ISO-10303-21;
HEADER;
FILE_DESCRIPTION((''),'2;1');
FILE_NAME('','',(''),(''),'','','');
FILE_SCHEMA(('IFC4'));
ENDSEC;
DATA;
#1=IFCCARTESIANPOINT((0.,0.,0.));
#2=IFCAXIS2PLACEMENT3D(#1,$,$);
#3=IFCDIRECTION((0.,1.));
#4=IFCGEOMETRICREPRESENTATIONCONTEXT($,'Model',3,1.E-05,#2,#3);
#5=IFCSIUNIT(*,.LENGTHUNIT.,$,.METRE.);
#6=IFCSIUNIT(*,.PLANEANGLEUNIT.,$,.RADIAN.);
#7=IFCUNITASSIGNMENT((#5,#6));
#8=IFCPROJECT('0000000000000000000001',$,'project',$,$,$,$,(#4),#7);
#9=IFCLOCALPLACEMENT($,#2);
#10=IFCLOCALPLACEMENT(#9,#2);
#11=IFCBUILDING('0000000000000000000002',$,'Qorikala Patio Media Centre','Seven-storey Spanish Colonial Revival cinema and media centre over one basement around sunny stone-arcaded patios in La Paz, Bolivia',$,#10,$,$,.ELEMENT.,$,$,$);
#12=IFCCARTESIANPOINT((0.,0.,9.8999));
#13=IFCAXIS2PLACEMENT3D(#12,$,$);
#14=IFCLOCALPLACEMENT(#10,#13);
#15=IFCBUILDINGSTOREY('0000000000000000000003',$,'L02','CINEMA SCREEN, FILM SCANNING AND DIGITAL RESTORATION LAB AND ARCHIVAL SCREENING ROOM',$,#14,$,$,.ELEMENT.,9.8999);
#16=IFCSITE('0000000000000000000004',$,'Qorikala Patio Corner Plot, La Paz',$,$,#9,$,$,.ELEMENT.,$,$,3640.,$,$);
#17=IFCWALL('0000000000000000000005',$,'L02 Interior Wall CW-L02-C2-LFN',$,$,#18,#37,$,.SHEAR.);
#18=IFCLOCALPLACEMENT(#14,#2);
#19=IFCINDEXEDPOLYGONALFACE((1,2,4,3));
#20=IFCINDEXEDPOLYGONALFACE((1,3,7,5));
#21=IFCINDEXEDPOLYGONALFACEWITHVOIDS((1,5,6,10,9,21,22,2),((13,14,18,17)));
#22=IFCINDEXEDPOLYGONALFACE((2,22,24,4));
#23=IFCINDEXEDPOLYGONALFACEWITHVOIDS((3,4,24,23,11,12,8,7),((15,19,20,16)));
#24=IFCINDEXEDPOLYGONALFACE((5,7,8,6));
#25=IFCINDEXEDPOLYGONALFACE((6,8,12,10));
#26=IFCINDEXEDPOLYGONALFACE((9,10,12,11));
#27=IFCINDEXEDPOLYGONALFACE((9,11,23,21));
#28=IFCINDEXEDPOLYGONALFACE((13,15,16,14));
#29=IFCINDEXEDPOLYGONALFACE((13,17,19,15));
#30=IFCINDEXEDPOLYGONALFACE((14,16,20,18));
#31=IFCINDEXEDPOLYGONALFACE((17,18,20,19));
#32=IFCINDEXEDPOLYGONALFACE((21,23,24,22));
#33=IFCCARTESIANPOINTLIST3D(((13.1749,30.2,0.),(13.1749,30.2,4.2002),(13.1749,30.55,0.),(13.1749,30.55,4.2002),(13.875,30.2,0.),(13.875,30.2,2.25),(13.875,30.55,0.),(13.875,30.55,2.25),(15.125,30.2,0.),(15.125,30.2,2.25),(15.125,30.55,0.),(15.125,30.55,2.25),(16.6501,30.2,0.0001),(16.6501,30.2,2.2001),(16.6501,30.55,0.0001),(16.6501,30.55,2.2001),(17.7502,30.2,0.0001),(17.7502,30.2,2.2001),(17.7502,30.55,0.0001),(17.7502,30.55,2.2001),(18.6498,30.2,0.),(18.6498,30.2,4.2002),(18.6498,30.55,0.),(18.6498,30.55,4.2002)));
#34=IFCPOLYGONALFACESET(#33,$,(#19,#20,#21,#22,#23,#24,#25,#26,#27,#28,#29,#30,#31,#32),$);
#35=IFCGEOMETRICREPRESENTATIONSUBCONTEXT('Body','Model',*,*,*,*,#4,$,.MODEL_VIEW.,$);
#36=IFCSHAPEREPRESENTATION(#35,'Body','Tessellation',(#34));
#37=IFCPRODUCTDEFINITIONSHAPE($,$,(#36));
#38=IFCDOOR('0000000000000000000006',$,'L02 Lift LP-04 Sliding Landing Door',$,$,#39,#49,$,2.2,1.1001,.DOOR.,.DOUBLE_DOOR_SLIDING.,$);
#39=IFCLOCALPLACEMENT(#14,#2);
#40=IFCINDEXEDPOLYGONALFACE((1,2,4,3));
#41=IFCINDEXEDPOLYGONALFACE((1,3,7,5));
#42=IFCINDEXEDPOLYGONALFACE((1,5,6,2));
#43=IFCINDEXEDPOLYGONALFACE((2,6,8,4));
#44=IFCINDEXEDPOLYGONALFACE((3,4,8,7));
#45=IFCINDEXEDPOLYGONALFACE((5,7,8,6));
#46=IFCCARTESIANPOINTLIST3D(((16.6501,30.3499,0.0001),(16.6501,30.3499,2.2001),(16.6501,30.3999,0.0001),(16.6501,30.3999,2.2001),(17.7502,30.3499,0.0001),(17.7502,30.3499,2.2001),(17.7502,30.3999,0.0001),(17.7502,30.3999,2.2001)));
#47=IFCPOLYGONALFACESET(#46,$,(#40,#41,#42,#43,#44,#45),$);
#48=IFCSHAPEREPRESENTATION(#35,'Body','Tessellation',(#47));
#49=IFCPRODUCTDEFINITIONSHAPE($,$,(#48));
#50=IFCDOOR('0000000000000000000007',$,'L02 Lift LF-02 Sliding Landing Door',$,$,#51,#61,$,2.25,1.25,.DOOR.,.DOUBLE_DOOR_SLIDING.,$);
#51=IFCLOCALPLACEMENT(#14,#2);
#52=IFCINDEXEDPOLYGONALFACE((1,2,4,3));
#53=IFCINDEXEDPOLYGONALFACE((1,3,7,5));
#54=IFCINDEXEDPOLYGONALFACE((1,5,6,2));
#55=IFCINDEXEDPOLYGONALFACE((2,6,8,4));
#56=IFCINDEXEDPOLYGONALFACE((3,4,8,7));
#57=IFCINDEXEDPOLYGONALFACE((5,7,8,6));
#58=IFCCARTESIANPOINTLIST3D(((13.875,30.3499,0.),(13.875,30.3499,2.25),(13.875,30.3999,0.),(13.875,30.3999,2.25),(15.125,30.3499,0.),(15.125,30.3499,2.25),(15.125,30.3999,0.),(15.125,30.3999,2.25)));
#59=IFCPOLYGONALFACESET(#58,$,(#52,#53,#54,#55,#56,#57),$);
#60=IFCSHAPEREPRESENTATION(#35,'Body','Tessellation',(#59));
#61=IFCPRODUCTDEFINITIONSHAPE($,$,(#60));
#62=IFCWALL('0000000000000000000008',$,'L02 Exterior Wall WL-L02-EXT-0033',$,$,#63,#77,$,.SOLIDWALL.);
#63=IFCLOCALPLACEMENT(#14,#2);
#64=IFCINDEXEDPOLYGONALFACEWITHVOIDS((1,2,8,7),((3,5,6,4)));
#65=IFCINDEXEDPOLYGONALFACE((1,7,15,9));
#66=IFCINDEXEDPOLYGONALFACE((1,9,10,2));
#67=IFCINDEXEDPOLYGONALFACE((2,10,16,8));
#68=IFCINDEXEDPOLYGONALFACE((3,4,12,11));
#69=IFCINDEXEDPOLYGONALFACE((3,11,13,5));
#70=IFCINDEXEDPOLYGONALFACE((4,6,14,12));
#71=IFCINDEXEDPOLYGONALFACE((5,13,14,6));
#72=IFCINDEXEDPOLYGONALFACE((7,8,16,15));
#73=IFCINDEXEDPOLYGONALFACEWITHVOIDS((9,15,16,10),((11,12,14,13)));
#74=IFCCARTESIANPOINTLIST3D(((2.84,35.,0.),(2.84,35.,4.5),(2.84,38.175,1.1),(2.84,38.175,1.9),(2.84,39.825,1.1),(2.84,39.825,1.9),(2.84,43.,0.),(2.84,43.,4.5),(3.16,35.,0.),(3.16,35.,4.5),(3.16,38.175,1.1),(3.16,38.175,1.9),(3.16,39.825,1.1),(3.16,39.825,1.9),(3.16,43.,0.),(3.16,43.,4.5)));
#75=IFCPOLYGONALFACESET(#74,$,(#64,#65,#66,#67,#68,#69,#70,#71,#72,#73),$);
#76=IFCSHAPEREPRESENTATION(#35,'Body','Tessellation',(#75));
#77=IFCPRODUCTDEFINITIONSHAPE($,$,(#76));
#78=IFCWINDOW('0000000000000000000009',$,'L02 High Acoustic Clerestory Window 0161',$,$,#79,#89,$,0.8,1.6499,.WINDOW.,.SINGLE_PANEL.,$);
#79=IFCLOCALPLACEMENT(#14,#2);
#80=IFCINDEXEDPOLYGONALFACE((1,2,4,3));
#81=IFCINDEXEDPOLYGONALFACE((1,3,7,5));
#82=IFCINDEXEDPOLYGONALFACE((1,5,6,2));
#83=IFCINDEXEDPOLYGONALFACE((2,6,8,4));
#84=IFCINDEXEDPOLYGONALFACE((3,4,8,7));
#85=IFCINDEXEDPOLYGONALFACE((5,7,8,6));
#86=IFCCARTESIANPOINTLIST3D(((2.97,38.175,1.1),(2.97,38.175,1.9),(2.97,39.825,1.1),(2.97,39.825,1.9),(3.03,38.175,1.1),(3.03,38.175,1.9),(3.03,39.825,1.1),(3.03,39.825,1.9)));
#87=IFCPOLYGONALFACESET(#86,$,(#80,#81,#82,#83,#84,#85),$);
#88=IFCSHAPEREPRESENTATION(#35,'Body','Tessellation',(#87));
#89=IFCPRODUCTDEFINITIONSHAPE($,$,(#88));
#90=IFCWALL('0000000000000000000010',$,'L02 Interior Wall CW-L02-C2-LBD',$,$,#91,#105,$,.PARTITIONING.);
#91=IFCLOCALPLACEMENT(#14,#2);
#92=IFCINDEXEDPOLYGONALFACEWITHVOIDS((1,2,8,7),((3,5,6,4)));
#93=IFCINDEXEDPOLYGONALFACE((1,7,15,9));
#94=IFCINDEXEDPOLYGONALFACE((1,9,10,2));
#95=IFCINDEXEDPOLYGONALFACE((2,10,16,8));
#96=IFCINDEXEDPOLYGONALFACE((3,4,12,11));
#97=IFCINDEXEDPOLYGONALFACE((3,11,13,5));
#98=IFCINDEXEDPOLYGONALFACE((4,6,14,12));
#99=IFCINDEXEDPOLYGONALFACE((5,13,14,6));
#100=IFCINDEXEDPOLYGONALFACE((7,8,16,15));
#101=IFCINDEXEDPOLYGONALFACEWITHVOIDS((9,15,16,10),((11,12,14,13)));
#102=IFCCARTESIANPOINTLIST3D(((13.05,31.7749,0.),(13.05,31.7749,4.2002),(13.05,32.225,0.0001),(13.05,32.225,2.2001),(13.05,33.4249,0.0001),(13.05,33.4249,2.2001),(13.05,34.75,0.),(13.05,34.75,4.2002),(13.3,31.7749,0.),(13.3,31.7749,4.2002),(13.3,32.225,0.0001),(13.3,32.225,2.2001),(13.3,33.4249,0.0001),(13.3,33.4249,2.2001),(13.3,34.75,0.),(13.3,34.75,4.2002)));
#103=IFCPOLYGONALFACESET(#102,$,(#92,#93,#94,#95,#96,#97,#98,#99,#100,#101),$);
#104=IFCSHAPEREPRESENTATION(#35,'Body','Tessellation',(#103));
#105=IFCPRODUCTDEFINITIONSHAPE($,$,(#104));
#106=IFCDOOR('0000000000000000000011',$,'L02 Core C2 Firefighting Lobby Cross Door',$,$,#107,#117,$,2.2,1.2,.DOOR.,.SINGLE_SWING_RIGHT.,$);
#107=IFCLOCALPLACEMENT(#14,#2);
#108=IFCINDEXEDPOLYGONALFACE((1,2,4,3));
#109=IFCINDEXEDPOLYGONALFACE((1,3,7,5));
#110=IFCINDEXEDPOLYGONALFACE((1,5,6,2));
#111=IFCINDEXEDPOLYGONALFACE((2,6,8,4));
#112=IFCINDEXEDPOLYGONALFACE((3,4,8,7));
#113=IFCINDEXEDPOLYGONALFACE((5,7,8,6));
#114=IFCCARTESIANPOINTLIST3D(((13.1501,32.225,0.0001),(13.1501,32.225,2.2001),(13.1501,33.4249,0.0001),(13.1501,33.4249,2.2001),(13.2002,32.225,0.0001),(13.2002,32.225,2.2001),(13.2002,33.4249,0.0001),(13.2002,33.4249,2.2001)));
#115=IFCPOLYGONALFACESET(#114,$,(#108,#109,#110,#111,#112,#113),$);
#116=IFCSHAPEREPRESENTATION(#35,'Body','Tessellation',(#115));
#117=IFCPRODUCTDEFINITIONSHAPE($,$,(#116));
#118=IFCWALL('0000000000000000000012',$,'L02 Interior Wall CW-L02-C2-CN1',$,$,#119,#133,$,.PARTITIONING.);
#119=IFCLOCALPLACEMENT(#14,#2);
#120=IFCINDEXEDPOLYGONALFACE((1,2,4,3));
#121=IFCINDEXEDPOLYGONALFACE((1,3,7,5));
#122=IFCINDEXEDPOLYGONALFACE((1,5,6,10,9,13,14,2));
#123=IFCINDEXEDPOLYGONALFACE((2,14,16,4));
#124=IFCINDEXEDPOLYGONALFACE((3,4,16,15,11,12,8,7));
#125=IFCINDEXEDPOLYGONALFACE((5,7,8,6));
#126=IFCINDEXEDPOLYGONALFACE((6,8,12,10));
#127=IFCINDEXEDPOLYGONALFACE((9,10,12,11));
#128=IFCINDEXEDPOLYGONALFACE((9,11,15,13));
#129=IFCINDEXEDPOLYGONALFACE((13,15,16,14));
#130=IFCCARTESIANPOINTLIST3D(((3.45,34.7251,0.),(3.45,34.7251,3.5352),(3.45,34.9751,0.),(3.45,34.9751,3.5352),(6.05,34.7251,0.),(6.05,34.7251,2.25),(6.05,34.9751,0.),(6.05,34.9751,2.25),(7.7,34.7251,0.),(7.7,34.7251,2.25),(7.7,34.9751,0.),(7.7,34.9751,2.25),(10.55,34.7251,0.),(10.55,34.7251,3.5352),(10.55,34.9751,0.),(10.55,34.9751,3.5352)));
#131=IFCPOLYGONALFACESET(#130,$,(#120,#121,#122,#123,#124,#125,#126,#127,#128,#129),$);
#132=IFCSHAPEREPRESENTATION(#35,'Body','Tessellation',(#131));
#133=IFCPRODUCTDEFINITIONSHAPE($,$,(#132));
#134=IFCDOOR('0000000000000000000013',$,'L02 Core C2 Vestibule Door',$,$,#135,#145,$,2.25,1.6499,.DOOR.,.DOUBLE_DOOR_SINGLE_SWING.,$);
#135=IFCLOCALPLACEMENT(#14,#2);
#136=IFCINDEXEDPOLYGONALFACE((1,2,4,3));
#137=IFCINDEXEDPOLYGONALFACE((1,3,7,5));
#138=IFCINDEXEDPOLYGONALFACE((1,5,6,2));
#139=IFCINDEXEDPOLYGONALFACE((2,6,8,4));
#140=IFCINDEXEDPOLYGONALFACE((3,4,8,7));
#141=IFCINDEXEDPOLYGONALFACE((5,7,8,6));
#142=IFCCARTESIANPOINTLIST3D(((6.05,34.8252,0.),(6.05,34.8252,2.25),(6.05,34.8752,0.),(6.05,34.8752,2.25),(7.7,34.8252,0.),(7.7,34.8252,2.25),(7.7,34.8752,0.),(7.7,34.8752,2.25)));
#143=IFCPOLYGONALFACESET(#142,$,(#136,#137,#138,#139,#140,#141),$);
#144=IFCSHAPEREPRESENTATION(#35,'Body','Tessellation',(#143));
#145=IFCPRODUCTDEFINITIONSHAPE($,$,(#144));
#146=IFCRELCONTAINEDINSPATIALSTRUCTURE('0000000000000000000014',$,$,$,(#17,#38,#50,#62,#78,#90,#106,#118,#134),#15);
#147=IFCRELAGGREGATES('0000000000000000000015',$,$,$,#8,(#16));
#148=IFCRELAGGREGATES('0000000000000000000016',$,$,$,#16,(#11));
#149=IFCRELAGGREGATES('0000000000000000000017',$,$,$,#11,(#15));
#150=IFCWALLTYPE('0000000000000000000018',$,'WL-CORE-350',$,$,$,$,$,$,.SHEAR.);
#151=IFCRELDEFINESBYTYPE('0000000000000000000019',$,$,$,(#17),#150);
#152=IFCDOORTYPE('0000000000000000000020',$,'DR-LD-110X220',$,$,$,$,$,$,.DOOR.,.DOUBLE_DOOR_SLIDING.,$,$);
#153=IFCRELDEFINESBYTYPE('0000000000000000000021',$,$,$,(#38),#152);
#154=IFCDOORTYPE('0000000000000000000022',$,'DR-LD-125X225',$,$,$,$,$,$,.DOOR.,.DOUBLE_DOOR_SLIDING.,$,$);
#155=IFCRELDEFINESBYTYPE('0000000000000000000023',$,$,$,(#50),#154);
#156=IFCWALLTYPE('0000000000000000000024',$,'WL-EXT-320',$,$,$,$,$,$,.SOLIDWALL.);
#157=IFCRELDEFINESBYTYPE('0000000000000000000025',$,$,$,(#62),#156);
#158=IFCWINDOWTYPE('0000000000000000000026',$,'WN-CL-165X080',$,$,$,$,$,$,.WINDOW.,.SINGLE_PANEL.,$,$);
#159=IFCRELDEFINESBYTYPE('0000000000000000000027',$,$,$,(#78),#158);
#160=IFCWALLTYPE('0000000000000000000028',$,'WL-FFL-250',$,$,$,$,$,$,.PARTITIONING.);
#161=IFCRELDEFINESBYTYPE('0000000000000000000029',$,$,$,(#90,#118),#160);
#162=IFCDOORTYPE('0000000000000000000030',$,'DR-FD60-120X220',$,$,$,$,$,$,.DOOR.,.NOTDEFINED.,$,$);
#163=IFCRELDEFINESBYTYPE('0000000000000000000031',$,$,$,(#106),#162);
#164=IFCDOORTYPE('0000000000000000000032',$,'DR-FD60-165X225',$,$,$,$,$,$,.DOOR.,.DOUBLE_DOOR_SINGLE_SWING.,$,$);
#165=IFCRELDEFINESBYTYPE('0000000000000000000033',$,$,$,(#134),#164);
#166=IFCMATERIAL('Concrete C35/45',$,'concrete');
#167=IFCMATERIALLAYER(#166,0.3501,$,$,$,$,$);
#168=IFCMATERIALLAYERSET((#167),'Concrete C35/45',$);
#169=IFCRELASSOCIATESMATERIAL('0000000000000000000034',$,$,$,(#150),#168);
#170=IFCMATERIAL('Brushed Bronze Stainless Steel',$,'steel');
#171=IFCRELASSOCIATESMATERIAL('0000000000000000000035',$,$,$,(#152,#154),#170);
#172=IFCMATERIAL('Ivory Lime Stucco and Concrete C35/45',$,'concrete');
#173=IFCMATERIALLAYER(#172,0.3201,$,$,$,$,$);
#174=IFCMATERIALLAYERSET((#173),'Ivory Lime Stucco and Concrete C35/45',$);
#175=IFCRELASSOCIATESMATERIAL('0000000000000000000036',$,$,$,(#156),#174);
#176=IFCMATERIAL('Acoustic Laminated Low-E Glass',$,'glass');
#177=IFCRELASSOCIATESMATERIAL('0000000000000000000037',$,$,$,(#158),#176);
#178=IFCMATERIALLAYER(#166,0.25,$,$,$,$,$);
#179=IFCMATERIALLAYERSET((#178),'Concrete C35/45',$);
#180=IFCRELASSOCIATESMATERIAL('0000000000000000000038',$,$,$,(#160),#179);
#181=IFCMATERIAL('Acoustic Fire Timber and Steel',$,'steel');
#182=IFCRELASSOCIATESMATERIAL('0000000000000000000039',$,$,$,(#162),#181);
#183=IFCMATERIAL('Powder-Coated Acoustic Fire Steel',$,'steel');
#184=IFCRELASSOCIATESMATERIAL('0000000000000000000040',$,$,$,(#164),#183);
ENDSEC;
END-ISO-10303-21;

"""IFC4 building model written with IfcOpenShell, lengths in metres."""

from ifc_helpers import new_model, si_unit, direction, frame, frame_2d, origin, place, context, subcontext, project, spatial, rectangle, extrude, material, layer, layer_set, type_object, element, fill, save


model = new_model("IFC4")

# Units and contexts
model_context = context("Model", 3, precision=1e-05, world=origin(), true_north=direction((0.0, 1.0)))
body_context = subcontext(model_context, "Body", "Model", "MODEL_VIEW")
ifc_project = project(units=[si_unit("LENGTHUNIT", "METRE"), si_unit("PLANEANGLEUNIT", "RADIAN")], contexts=[model_context])

# Site, building, storey
site_placement = place(None, origin())
site = spatial("IfcSite", under=ifc_project, at=site_placement, Name="Qorikala Patio Corner Plot, La Paz", CompositionType="ELEMENT", RefElevation=3640.0)
building_placement = place(site_placement, origin())
building = spatial("IfcBuilding", under=site, at=building_placement, Name="Qorikala Patio Media Centre", Description="Seven-storey Spanish Colonial Revival cinema and media centre over one basement around sunny stone-arcaded patios in La Paz, Bolivia", CompositionType="ELEMENT")
storey_placement = place(building_placement, frame((0.0, 0.0, 9.8999)))
storey = spatial("IfcBuildingStorey", under=building, at=storey_placement, Name="L02", Description="CINEMA SCREEN, FILM SCANNING AND DIGITAL RESTORATION LAB AND ARCHIVAL SCREENING ROOM", CompositionType="ELEMENT", Elevation=9.8999)

# Shared definitions
ifc_material_1 = material(Name="Concrete C35/45", Category="concrete")

# Shared definitions
ifc_layer_1 = layer(ifc_material_1, 0.3501)
ifc_layer_set_1 = layer_set([ifc_layer_1], Name="Concrete C35/45")
wall_type_1 = type_object("IfcWallType", Name="WL-CORE-350", PredefinedType="SHEAR", material=ifc_layer_set_1)
ifc_material_2 = material(Name="Powder-Coated Acoustic Fire Steel", Category="steel")

# Wall, openings, doors
wall_1_placement = place(storey_placement, frame((13.175, 30.375, 0.0), z_axis=(0.0, 0.0, 1.0), x_axis=(1.0, 0.0, 0.0)))
wall_1 = element("IfcWall", 1, at=wall_1_placement, inside=storey, type_object=wall_type_1, Name="L02 Interior Wall CW-L02-C2-LFN", PredefinedType="SHEAR", context=body_context, shape_type="SweptSolid", body=[
    extrude(rectangle(XDim=5.4749, YDim=0.3501, at=frame_2d((2.7373, 0.0))), origin(), (0.0, 0.0, 1.0), 4.2002),
])
opening_1_placement = place(wall_1_placement, frame((0.7, 0.0, 0.0)))
opening_1 = element("IfcOpeningElement", 2, at=opening_1_placement, cuts=wall_1, PredefinedType="OPENING", context=body_context, shape_type="SweptSolid", body=[
    extrude(rectangle(XDim=1.25, YDim=2.25, at=frame_2d((0.625, 1.125))), frame((0.0, 0.1851, 0.0), z_axis=(0.0, -1.0, 0.0), x_axis=(1.0, 0.0, 0.0)), (0.0, 0.0, 1.0), 0.3701),
])
opening_2_placement = place(wall_1_placement, frame((3.4751, 0.0, 0.0)))
opening_2 = element("IfcOpeningElement", 3, at=opening_2_placement, cuts=wall_1, PredefinedType="OPENING", context=body_context, shape_type="SweptSolid", body=[
    extrude(rectangle(XDim=1.1001, YDim=2.2, at=frame_2d((0.55, 1.1001))), frame((0.0, 0.1851, 0.0), z_axis=(0.0, -1.0, 0.0), x_axis=(1.0, 0.0, 0.0)), (0.0, 0.0, 1.0), 0.3701),
])
ifc_material_3 = material(Name="Brushed Bronze Stainless Steel", Category="steel")
door_type_1 = type_object("IfcDoorType", Name="DR-LD-110X220", OperationType="DOUBLE_DOOR_SLIDING", PredefinedType="DOOR", material=ifc_material_3)
door_1_placement = place(opening_2_placement, origin())
door_1 = element("IfcDoor", 4, at=door_1_placement, inside=storey, type_object=door_type_1, Name="L02 Lift LP-04 Sliding Landing Door", OperationType="DOUBLE_DOOR_SLIDING", OverallHeight=2.2, OverallWidth=1.1001, PredefinedType="DOOR", context=body_context, shape_type="SweptSolid", body=[
    extrude(rectangle(XDim=1.1001, YDim=2.2, at=frame_2d((0.55, 1.1001))), frame((0.0, 0.0249, 0.0), z_axis=(0.0, -1.0, 0.0), x_axis=(1.0, 0.0, 0.0)), (0.0, 0.0, 1.0), 0.05),
])
fill(opening_2, door_1)
door_type_2 = type_object("IfcDoorType", Name="DR-LD-125X225", OperationType="DOUBLE_DOOR_SLIDING", PredefinedType="DOOR", material=ifc_material_3)
door_2_placement = place(opening_1_placement, origin())
door_2 = element("IfcDoor", 5, at=door_2_placement, inside=storey, type_object=door_type_2, Name="L02 Lift LF-02 Sliding Landing Door", OperationType="DOUBLE_DOOR_SLIDING", OverallHeight=2.25, OverallWidth=1.25, PredefinedType="DOOR", context=body_context, shape_type="SweptSolid", body=[
    extrude(rectangle(XDim=1.25, YDim=2.25, at=frame_2d((0.625, 1.125))), frame((0.0, 0.0249, 0.0), z_axis=(0.0, -1.0, 0.0), x_axis=(1.0, 0.0, 0.0)), (0.0, 0.0, 1.0), 0.05),
])
fill(opening_1, door_2)

# Wall, opening, window
ifc_material_4 = material(Name="Ivory Lime Stucco and Concrete C35/45", Category="concrete")
ifc_layer_2 = layer(ifc_material_4, 0.3201)
ifc_layer_set_2 = layer_set([ifc_layer_2], Name="Ivory Lime Stucco and Concrete C35/45")
wall_type_2 = type_object("IfcWallType", Name="WL-EXT-320", PredefinedType="SOLIDWALL", material=ifc_layer_set_2)
wall_2_placement = place(storey_placement, frame((3.0, 35.0, 0.0), z_axis=(0.0, 0.0, 1.0), x_axis=(0.0, 1.0, 0.0)))
wall_2 = element("IfcWall", 6, at=wall_2_placement, inside=storey, type_object=wall_type_2, Name="L02 Exterior Wall WL-L02-EXT-0033", PredefinedType="SOLIDWALL", context=body_context, shape_type="SweptSolid", body=[
    extrude(rectangle(XDim=8.0, YDim=0.3201, at=frame_2d((4.0, 0.0))), origin(), (0.0, 0.0, 1.0), 4.5),
])
opening_3_placement = place(wall_2_placement, frame((3.175, 0.0, 1.1001)))
opening_3 = element("IfcOpeningElement", 7, at=opening_3_placement, cuts=wall_2, PredefinedType="OPENING", context=body_context, shape_type="SweptSolid", body=[
    extrude(rectangle(XDim=1.6499, YDim=0.8, at=frame_2d((0.825, 0.3999))), frame((0.0, 0.1699, 0.0), z_axis=(0.0, -1.0, 0.0), x_axis=(1.0, 0.0, 0.0)), (0.0, 0.0, 1.0), 0.3401),
])
ifc_material_5 = material(Name="Acoustic Laminated Low-E Glass", Category="glass")
window_type = type_object("IfcWindowType", Name="WN-CL-165X080", PartitioningType="SINGLE_PANEL", PredefinedType="WINDOW", material=ifc_material_5)
window_placement = place(opening_3_placement, origin())
window = element("IfcWindow", 8, at=window_placement, inside=storey, type_object=window_type, Name="L02 High Acoustic Clerestory Window 0161", OverallHeight=0.8, OverallWidth=1.6499, PartitioningType="SINGLE_PANEL", PredefinedType="WINDOW", context=body_context, shape_type="SweptSolid", body=[
    extrude(rectangle(XDim=1.6499, YDim=0.8, at=frame_2d((0.825, 0.3999))), frame((0.0, 0.03, 0.0), z_axis=(0.0, -1.0, 0.0), x_axis=(1.0, 0.0, 0.0)), (0.0, 0.0, 1.0), 0.0601),
])
fill(opening_3, window)

# Walls, openings, doors
ifc_layer_3 = layer(ifc_material_1, 0.25)
ifc_layer_set_3 = layer_set([ifc_layer_3], Name="Concrete C35/45")
wall_type_3 = type_object("IfcWallType", Name="WL-FFL-250", PredefinedType="PARTITIONING", material=ifc_layer_set_3)
wall_3_placement = place(storey_placement, frame((13.175, 31.7749, 0.0), z_axis=(0.0, 0.0, 1.0), x_axis=(0.0, 1.0, 0.0)))
wall_3 = element("IfcWall", 9, at=wall_3_placement, inside=storey, type_object=wall_type_3, Name="L02 Interior Wall CW-L02-C2-LBD", PredefinedType="PARTITIONING", context=body_context, shape_type="SweptSolid", body=[
    extrude(rectangle(XDim=2.9751, YDim=0.25, at=frame_2d((1.4875, 0.0))), origin(), (0.0, 0.0, 1.0), 4.2002),
])
opening_4_placement = place(wall_3_placement, frame((0.45, 0.0, 0.0)))
opening_4 = element("IfcOpeningElement", 10, at=opening_4_placement, cuts=wall_3, PredefinedType="OPENING", context=body_context, shape_type="SweptSolid", body=[
    extrude(rectangle(XDim=1.2, YDim=2.2, at=frame_2d((0.6001, 1.1001))), frame((0.0, 0.135, 0.0), z_axis=(0.0, -1.0, 0.0), x_axis=(1.0, 0.0, 0.0)), (0.0, 0.0, 1.0), 0.27),
])
ifc_material_6 = material(Name="Acoustic Fire Timber and Steel", Category="steel")
door_type_3 = type_object("IfcDoorType", Name="DR-FD60-120X220", OperationType="NOTDEFINED", PredefinedType="DOOR", material=ifc_material_6)
door_3_placement = place(opening_4_placement, origin())
door_3 = element("IfcDoor", 11, at=door_3_placement, inside=storey, type_object=door_type_3, Name="L02 Core C2 Firefighting Lobby Cross Door", OperationType="SINGLE_SWING_RIGHT", OverallHeight=2.2, OverallWidth=1.2, PredefinedType="DOOR", context=body_context, shape_type="SweptSolid", body=[
    extrude(rectangle(XDim=1.2, YDim=2.2, at=frame_2d((0.6001, 1.1001))), frame((0.0, 0.0249, 0.0), z_axis=(0.0, -1.0, 0.0), x_axis=(1.0, 0.0, 0.0)), (0.0, 0.0, 1.0), 0.05),
])
fill(opening_4, door_3)
wall_4_placement = place(storey_placement, frame((3.45, 34.8501, 0.0), z_axis=(0.0, 0.0, 1.0), x_axis=(1.0, 0.0, 0.0)))
wall_4 = element("IfcWall", 12, at=wall_4_placement, inside=storey, type_object=wall_type_3, Name="L02 Interior Wall CW-L02-C2-CN1", PredefinedType="PARTITIONING", context=body_context, shape_type="SweptSolid", body=[
    extrude(rectangle(XDim=7.1001, YDim=0.25, at=frame_2d((3.55, 0.0))), origin(), (0.0, 0.0, 1.0), 3.5352),
])
opening_5_placement = place(wall_4_placement, frame((2.6001, 0.0, 0.0)))
opening_5 = element("IfcOpeningElement", 13, at=opening_5_placement, cuts=wall_4, PredefinedType="OPENING", context=body_context, shape_type="SweptSolid", body=[
    extrude(rectangle(XDim=1.6499, YDim=2.25, at=frame_2d((0.825, 1.125))), frame((0.0, 0.135, 0.0), z_axis=(0.0, -1.0, 0.0), x_axis=(1.0, 0.0, 0.0)), (0.0, 0.0, 1.0), 0.27),
])
door_type_4 = type_object("IfcDoorType", Name="DR-FD60-165X225", OperationType="DOUBLE_DOOR_SINGLE_SWING", PredefinedType="DOOR", material=ifc_material_2)
door_4_placement = place(opening_5_placement, frame((1.6499, 0.0, 0.0), z_axis=(0.0, 0.0, 1.0), x_axis=(-1.0, 0.0, 0.0)))
door_4 = element("IfcDoor", 14, at=door_4_placement, inside=storey, type_object=door_type_4, Name="L02 Core C2 Vestibule Door", OperationType="DOUBLE_DOOR_SINGLE_SWING", OverallHeight=2.25, OverallWidth=1.6499, PredefinedType="DOOR", context=body_context, shape_type="SweptSolid", body=[
    extrude(rectangle(XDim=1.6499, YDim=2.25, at=frame_2d((0.825, 1.125))), frame((0.0, 0.0249, 0.0), z_axis=(0.0, -1.0, 0.0), x_axis=(1.0, 0.0, 0.0)), (0.0, 0.0, 1.0), 0.05),
])
fill(opening_5, door_4)

save(model, "model.ifc")
